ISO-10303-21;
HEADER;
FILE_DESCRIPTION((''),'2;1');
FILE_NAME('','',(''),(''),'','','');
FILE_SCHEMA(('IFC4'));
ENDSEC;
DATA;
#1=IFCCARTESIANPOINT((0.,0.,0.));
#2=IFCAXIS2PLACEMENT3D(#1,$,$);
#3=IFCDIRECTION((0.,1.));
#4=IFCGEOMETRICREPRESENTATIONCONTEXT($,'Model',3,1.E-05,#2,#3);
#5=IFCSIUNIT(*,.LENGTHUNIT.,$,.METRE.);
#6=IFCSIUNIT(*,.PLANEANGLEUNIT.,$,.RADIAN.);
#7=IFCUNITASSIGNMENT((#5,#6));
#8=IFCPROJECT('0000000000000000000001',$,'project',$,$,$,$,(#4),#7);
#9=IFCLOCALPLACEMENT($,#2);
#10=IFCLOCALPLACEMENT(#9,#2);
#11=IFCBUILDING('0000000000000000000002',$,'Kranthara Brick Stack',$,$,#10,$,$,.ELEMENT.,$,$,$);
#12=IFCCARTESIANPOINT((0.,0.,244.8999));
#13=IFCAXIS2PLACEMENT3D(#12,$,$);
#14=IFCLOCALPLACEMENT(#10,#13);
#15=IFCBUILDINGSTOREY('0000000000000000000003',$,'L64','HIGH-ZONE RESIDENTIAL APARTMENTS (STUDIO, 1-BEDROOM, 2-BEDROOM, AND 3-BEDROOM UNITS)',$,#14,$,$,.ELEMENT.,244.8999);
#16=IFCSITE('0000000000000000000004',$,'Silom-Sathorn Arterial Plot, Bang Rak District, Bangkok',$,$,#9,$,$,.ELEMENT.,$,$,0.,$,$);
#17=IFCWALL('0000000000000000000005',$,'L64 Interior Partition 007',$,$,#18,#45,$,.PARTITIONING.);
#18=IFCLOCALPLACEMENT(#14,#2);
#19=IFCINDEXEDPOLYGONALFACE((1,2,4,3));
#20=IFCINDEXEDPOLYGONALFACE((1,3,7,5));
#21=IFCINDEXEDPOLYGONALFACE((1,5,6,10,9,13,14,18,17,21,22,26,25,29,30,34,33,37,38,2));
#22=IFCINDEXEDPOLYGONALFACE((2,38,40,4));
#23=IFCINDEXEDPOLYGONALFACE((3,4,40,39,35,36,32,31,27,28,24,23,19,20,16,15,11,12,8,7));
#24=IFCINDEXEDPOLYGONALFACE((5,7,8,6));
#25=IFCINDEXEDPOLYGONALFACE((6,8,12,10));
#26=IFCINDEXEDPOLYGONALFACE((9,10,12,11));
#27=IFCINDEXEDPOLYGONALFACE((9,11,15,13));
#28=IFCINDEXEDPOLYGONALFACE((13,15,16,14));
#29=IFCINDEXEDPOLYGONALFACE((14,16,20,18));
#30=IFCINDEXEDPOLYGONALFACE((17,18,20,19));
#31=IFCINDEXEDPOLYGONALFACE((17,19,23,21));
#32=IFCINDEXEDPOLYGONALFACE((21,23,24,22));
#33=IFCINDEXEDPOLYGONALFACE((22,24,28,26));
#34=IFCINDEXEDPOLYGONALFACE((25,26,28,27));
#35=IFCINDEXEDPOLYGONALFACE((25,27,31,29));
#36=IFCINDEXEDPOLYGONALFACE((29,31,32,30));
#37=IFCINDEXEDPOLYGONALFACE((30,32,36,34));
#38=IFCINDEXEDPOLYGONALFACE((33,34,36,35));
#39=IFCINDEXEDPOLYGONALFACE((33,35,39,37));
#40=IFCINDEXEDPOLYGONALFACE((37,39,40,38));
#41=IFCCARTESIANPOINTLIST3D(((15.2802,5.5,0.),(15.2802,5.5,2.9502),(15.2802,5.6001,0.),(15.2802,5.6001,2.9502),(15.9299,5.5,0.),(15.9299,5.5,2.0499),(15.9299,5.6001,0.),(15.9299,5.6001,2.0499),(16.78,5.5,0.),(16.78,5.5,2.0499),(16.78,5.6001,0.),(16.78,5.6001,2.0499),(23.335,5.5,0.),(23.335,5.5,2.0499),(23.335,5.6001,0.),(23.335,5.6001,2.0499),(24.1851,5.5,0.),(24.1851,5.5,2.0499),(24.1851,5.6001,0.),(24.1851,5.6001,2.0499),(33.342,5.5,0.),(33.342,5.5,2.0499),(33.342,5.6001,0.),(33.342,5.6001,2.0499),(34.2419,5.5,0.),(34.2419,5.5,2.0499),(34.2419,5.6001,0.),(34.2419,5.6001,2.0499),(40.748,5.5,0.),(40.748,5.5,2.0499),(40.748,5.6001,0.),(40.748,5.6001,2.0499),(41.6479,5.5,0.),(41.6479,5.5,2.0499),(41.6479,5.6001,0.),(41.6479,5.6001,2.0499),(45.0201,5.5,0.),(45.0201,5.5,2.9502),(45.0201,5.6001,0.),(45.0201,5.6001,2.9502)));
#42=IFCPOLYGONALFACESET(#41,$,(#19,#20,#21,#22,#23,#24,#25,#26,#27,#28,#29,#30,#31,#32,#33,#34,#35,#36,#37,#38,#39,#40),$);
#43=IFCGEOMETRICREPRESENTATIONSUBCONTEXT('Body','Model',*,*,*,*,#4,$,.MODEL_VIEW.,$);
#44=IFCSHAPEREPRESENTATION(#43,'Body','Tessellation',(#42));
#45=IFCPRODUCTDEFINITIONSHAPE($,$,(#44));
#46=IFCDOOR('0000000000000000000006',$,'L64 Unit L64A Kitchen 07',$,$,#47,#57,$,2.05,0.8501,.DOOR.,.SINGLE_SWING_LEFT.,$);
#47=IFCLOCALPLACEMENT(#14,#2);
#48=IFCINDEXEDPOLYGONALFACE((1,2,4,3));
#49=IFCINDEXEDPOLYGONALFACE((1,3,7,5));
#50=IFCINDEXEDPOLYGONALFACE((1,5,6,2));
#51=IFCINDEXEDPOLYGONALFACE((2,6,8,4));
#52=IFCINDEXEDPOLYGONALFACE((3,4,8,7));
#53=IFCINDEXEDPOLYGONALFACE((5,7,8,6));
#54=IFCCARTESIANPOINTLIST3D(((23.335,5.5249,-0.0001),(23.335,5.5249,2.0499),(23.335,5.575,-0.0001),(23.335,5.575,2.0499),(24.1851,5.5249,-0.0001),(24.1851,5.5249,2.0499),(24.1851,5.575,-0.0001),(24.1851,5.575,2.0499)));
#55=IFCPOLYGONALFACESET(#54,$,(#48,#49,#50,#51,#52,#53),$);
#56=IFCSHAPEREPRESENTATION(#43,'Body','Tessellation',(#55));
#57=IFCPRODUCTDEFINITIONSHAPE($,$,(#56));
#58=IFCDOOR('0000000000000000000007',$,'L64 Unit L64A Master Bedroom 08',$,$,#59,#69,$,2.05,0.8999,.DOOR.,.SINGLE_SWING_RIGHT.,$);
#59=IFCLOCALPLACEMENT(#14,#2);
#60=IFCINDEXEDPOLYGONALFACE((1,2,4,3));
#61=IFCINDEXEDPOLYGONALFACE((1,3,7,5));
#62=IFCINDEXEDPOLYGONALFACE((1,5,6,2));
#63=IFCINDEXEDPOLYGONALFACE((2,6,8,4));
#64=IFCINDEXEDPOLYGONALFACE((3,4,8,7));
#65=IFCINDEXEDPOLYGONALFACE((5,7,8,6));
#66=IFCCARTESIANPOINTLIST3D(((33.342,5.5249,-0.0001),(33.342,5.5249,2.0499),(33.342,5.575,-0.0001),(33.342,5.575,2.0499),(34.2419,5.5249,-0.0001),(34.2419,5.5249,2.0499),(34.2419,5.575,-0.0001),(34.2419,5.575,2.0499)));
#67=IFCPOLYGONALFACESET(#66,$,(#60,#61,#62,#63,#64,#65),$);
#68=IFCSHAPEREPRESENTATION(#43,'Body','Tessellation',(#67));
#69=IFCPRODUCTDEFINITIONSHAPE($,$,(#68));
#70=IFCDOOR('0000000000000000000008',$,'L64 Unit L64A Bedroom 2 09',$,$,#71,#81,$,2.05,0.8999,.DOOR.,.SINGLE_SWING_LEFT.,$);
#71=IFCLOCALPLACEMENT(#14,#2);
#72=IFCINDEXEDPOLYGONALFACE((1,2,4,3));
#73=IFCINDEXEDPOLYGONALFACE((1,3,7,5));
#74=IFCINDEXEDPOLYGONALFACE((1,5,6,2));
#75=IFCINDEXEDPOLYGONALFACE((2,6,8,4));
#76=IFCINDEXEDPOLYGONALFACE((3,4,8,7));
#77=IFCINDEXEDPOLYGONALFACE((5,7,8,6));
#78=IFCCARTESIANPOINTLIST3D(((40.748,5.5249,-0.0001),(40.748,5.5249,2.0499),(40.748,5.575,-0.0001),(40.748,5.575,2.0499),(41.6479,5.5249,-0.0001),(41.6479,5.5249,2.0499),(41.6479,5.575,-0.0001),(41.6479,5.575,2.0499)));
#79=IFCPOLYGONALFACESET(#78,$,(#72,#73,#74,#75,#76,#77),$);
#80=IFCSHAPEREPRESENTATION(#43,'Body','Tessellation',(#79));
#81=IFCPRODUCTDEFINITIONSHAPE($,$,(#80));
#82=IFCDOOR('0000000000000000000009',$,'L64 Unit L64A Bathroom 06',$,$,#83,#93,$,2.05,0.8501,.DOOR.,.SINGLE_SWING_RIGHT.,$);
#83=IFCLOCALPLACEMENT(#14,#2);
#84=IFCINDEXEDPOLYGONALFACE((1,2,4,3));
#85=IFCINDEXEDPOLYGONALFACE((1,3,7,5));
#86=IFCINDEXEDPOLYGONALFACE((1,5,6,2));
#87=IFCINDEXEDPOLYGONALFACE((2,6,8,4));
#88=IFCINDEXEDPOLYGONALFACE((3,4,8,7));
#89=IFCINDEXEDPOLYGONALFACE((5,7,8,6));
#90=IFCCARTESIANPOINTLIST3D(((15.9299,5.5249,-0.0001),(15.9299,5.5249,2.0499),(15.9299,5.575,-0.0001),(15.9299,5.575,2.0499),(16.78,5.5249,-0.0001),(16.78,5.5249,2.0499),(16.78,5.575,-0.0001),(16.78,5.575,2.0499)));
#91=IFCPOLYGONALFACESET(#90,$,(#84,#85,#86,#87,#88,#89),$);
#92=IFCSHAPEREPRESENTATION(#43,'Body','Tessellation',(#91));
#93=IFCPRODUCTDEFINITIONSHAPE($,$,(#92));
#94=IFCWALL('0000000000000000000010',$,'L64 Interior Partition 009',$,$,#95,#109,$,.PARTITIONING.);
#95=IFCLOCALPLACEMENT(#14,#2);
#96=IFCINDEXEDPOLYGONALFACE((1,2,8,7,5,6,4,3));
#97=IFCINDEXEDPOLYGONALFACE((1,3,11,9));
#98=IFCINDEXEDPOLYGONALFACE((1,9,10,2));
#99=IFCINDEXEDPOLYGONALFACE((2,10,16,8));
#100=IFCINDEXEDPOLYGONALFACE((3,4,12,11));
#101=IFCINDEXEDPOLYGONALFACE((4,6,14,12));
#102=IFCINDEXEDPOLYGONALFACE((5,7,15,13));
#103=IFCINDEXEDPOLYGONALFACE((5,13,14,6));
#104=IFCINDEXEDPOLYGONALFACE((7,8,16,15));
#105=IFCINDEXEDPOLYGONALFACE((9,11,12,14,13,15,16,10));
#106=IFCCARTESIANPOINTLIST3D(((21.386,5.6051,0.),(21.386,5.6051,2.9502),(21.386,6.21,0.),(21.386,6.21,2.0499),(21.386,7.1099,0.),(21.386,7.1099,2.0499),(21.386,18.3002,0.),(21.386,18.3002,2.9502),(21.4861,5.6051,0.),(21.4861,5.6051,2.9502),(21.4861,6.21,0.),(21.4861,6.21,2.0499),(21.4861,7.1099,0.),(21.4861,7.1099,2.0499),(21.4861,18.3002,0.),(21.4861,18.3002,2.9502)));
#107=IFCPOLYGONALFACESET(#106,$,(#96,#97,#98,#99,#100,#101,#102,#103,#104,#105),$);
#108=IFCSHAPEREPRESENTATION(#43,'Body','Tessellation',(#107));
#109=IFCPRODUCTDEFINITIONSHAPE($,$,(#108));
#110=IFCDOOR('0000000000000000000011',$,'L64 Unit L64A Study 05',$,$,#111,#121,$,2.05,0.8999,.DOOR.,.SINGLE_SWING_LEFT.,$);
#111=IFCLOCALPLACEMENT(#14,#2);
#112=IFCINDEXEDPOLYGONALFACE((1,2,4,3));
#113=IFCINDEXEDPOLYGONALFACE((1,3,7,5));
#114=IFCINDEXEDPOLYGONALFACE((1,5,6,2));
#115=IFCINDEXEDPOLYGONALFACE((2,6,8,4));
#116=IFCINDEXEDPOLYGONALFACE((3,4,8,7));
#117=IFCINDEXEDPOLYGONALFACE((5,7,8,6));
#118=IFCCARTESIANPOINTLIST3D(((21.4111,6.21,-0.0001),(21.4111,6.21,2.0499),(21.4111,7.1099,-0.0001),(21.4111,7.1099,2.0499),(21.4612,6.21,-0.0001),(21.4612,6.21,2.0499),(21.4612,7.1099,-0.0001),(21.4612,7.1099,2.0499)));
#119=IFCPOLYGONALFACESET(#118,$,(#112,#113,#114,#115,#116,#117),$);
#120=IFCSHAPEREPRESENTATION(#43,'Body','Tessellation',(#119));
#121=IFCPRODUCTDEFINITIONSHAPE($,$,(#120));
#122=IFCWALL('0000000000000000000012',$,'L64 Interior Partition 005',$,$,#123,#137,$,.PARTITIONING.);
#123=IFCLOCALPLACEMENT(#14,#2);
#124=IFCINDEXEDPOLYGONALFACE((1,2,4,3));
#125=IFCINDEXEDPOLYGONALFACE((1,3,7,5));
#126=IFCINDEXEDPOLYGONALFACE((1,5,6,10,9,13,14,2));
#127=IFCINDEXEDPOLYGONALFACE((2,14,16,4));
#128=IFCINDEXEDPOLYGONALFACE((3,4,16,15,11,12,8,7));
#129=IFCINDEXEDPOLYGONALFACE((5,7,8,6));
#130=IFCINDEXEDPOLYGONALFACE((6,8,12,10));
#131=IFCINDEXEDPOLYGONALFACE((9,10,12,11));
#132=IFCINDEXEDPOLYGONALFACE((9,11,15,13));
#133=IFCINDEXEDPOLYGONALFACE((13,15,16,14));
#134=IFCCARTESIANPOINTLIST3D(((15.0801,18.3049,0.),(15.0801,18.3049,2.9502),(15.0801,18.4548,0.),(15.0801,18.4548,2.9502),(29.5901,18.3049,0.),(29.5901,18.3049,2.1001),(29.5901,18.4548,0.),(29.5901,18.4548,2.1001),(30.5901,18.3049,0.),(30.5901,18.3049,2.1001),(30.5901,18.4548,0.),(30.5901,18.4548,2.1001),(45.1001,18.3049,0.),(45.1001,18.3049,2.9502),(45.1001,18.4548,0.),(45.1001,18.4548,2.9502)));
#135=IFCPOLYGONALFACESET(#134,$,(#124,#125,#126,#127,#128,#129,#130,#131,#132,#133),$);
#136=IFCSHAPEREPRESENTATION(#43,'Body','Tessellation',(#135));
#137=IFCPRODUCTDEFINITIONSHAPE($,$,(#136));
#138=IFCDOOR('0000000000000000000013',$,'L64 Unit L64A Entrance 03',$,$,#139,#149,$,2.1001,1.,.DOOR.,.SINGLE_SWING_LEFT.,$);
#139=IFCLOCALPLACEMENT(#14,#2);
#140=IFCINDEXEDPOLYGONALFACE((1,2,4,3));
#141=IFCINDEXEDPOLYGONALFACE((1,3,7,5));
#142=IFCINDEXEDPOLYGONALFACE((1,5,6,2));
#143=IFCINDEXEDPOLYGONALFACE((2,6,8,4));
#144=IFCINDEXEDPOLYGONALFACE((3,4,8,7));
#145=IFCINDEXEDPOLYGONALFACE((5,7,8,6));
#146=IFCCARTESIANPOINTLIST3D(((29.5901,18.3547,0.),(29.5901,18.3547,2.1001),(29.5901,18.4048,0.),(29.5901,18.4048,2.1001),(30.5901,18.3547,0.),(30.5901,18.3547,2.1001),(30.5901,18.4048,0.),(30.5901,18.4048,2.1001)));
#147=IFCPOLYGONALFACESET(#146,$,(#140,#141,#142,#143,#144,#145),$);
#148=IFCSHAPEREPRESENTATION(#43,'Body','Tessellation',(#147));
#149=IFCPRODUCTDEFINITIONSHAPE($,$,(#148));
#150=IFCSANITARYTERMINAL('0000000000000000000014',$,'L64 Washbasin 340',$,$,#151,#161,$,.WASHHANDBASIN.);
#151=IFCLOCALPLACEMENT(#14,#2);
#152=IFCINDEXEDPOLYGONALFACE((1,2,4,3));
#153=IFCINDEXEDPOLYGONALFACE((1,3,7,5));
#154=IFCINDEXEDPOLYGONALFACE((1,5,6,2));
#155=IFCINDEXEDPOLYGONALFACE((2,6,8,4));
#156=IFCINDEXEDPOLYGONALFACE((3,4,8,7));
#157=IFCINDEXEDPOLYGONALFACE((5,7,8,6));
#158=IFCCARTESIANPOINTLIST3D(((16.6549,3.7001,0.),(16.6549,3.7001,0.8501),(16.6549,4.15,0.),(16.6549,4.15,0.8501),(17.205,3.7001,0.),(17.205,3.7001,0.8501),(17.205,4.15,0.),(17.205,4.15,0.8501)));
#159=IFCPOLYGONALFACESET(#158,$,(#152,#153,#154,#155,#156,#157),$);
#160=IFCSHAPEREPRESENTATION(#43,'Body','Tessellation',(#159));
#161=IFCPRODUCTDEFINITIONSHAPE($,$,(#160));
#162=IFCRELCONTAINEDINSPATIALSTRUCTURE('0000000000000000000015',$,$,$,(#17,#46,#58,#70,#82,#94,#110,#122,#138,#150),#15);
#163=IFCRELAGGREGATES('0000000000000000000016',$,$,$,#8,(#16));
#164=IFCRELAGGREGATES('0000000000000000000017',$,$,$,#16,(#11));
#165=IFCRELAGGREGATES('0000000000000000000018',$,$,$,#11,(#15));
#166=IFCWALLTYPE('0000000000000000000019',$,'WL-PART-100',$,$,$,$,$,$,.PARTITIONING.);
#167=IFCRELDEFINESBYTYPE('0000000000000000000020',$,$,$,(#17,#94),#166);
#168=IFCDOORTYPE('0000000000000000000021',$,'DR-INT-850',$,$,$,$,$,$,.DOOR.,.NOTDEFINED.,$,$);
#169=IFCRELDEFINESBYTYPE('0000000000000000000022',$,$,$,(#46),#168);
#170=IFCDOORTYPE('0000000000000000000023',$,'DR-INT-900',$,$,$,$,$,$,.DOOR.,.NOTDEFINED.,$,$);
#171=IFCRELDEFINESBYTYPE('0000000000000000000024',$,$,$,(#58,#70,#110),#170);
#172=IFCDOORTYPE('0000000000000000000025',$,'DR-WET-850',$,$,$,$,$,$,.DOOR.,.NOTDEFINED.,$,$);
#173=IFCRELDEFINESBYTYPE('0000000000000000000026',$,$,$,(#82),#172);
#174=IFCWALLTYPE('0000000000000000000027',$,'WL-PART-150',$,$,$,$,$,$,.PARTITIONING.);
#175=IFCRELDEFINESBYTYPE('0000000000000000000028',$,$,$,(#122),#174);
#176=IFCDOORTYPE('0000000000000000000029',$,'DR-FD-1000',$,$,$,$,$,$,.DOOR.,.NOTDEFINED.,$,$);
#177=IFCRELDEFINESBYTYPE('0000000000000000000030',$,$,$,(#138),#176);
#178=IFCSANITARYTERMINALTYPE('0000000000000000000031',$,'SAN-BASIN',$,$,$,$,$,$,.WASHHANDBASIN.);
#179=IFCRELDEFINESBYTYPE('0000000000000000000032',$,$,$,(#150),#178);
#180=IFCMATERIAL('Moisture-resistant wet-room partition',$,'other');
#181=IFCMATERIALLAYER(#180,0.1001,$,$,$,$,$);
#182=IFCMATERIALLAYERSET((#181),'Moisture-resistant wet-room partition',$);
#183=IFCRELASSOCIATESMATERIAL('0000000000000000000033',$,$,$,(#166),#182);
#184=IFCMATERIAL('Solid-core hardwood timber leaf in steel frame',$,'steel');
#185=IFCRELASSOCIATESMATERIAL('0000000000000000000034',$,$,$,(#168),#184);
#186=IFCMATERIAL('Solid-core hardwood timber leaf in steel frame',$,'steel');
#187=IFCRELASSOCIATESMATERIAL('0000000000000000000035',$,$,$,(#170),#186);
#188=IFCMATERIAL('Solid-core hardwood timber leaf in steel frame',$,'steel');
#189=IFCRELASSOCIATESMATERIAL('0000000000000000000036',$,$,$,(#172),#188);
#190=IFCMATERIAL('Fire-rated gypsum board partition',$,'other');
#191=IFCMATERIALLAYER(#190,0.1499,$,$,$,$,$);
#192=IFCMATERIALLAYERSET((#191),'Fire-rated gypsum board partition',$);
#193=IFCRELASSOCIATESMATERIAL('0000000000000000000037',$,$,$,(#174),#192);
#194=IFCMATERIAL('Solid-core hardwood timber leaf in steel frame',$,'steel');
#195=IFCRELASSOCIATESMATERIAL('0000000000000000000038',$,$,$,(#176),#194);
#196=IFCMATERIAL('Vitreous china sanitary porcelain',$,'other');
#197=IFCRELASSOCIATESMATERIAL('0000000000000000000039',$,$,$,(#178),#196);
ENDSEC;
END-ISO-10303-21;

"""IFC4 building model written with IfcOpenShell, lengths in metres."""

from ifc_helpers import new_model, si_unit, direction, frame, frame_2d, origin, origin_2d, place, context, subcontext, project, spatial, rectangle, extrude, material, layer, layer_set, type_object, element, fill, save


model = new_model("IFC4")

# Units and contexts
model_context = context("Model", 3, precision=1e-05, world=origin(), true_north=direction((0.0, 1.0)))
body_context = subcontext(model_context, "Body", "Model", "MODEL_VIEW")
ifc_project = project(units=[si_unit("LENGTHUNIT", "METRE"), si_unit("PLANEANGLEUNIT", "RADIAN")], contexts=[model_context])

# Site, building, storey
site_placement = place(None, origin())
site = spatial("IfcSite", under=ifc_project, at=site_placement, Name="Silom-Sathorn Arterial Plot, Bang Rak District, Bangkok", CompositionType="ELEMENT", RefElevation=0.0)
building_placement = place(site_placement, origin())
building = spatial("IfcBuilding", under=site, at=building_placement, Name="Kranthara Brick Stack", CompositionType="ELEMENT")
storey_placement = place(building_placement, frame((0.0, 0.0, 244.8999)))
storey = spatial("IfcBuildingStorey", under=building, at=storey_placement, Name="L64", Description="HIGH-ZONE RESIDENTIAL APARTMENTS (STUDIO, 1-BEDROOM, 2-BEDROOM, AND 3-BEDROOM UNITS)", CompositionType="ELEMENT", Elevation=244.8999)

# Wall, openings, doors
ifc_material_1 = material(Name="Moisture-resistant wet-room partition", Category="other")
ifc_layer_1 = layer(ifc_material_1, 0.1001)
ifc_layer_set_1 = layer_set([ifc_layer_1], Name="Moisture-resistant wet-room partition")
wall_type_1 = type_object("IfcWallType", Name="WL-PART-100", PredefinedType="PARTITIONING", material=ifc_layer_set_1)
wall_1_placement = place(storey_placement, frame((15.28, 5.55, 0.0), z_axis=(0.0, 0.0, 1.0), x_axis=(1.0, 0.0, 0.0)))
wall_1 = element("IfcWall", 1, at=wall_1_placement, inside=storey, type_object=wall_type_1, Name="L64 Interior Partition 007", PredefinedType="PARTITIONING", context=body_context, shape_type="SweptSolid", body=[
    extrude(rectangle(XDim=29.74, YDim=0.1001, at=frame_2d((14.8701, 0.0))), origin(), (0.0, 0.0, 1.0), 2.9502),
])
opening_1_placement = place(wall_1_placement, frame((0.6499, 0.0, 0.0)))
opening_1 = element("IfcOpeningElement", 2, at=opening_1_placement, cuts=wall_1, PredefinedType="OPENING", context=body_context, shape_type="SweptSolid", body=[
    extrude(rectangle(XDim=0.8501, YDim=2.05, at=frame_2d((0.425, 1.0249))), frame((0.0, 0.0601, 0.0), z_axis=(0.0, -1.0, 0.0), x_axis=(1.0, 0.0, 0.0)), (0.0, 0.0, 1.0), 0.1201),
])
opening_2_placement = place(wall_1_placement, frame((8.0549, 0.0, 0.0)))
opening_2 = element("IfcOpeningElement", 3, at=opening_2_placement, cuts=wall_1, PredefinedType="OPENING", context=body_context, shape_type="SweptSolid", body=[
    extrude(rectangle(XDim=0.8501, YDim=2.05, at=frame_2d((0.425, 1.0249))), frame((0.0, 0.0601, 0.0), z_axis=(0.0, -1.0, 0.0), x_axis=(1.0, 0.0, 0.0)), (0.0, 0.0, 1.0), 0.1201),
])
opening_3_placement = place(wall_1_placement, frame((18.062, 0.0, 0.0)))
opening_3 = element("IfcOpeningElement", 4, at=opening_3_placement, cuts=wall_1, PredefinedType="OPENING", context=body_context, shape_type="SweptSolid", body=[
    extrude(rectangle(XDim=0.8999, YDim=2.05, at=frame_2d((0.45, 1.0249))), frame((0.0, 0.0601, 0.0), z_axis=(0.0, -1.0, 0.0), x_axis=(1.0, 0.0, 0.0)), (0.0, 0.0, 1.0), 0.1201),
])
opening_4_placement = place(wall_1_placement, frame((25.468, 0.0, 0.0)))
opening_4 = element("IfcOpeningElement", 5, at=opening_4_placement, cuts=wall_1, PredefinedType="OPENING", context=body_context, shape_type="SweptSolid", body=[
    extrude(rectangle(XDim=0.8999, YDim=2.05, at=frame_2d((0.45, 1.0249))), frame((0.0, 0.0601, 0.0), z_axis=(0.0, -1.0, 0.0), x_axis=(1.0, 0.0, 0.0)), (0.0, 0.0, 1.0), 0.1201),
])
ifc_material_2 = material(Name="Solid-core hardwood timber leaf in steel frame", Category="steel")
door_type_1 = type_object("IfcDoorType", Name="DR-INT-850", OperationType="NOTDEFINED", PredefinedType="DOOR", material=ifc_material_2)
door_1_placement = place(opening_2_placement, origin())
door_1 = element("IfcDoor", 6, at=door_1_placement, inside=storey, type_object=door_type_1, Name="L64 Unit L64A Kitchen 07", OperationType="SINGLE_SWING_LEFT", OverallHeight=2.05, OverallWidth=0.8501, PredefinedType="DOOR", context=body_context, shape_type="SweptSolid", body=[
    extrude(rectangle(XDim=0.8501, YDim=2.05, at=frame_2d((0.425, 1.0249))), frame((0.0, 0.0249, 0.0), z_axis=(0.0, -1.0, 0.0), x_axis=(1.0, 0.0, 0.0)), (0.0, 0.0, 1.0), 0.05),
])
fill(opening_2, door_1)
ifc_material_3 = material(Name="Solid-core hardwood timber leaf in steel frame", Category="steel")
door_type_2 = type_object("IfcDoorType", Name="DR-INT-900", OperationType="NOTDEFINED", PredefinedType="DOOR", material=ifc_material_3)
door_2_placement = place(opening_3_placement, origin())
door_2 = element("IfcDoor", 7, at=door_2_placement, inside=storey, type_object=door_type_2, Name="L64 Unit L64A Master Bedroom 08", OperationType="SINGLE_SWING_RIGHT", OverallHeight=2.05, OverallWidth=0.8999, PredefinedType="DOOR", context=body_context, shape_type="SweptSolid", body=[
    extrude(rectangle(XDim=0.8999, YDim=2.05, at=frame_2d((0.45, 1.0249))), frame((0.0, 0.0249, 0.0), z_axis=(0.0, -1.0, 0.0), x_axis=(1.0, 0.0, 0.0)), (0.0, 0.0, 1.0), 0.05),
])
fill(opening_3, door_2)
door_3_placement = place(opening_4_placement, origin())
door_3 = element("IfcDoor", 8, at=door_3_placement, inside=storey, type_object=door_type_2, Name="L64 Unit L64A Bedroom 2 09", OperationType="SINGLE_SWING_LEFT", OverallHeight=2.05, OverallWidth=0.8999, PredefinedType="DOOR", context=body_context, shape_type="SweptSolid", body=[
    extrude(rectangle(XDim=0.8999, YDim=2.05, at=frame_2d((0.45, 1.0249))), frame((0.0, 0.0249, 0.0), z_axis=(0.0, -1.0, 0.0), x_axis=(1.0, 0.0, 0.0)), (0.0, 0.0, 1.0), 0.05),
])
fill(opening_4, door_3)
ifc_material_4 = material(Name="Solid-core hardwood timber leaf in steel frame", Category="steel")
door_type_3 = type_object("IfcDoorType", Name="DR-WET-850", OperationType="NOTDEFINED", PredefinedType="DOOR", material=ifc_material_4)
door_4_placement = place(opening_1_placement, origin())
door_4 = element("IfcDoor", 9, at=door_4_placement, inside=storey, type_object=door_type_3, Name="L64 Unit L64A Bathroom 06", OperationType="SINGLE_SWING_RIGHT", OverallHeight=2.05, OverallWidth=0.8501, PredefinedType="DOOR", context=body_context, shape_type="SweptSolid", body=[
    extrude(rectangle(XDim=0.8501, YDim=2.05, at=frame_2d((0.425, 1.0249))), frame((0.0, 0.0249, 0.0), z_axis=(0.0, -1.0, 0.0), x_axis=(1.0, 0.0, 0.0)), (0.0, 0.0, 1.0), 0.05),
])
fill(opening_1, door_4)

# Walls, openings, doors
wall_2_placement = place(storey_placement, frame((21.436, 5.605, 0.0), z_axis=(0.0, 0.0, 1.0), x_axis=(0.0, 1.0, 0.0)))
wall_2 = element("IfcWall", 10, at=wall_2_placement, inside=storey, type_object=wall_type_1, Name="L64 Interior Partition 009", PredefinedType="PARTITIONING", context=body_context, shape_type="SweptSolid", body=[
    extrude(rectangle(XDim=12.6951, YDim=0.1001, at=frame_2d((6.3477, 0.0))), origin(), (0.0, 0.0, 1.0), 2.9502),
])
opening_5_placement = place(wall_2_placement, frame((0.605, 0.0, 0.0)))
opening_5 = element("IfcOpeningElement", 11, at=opening_5_placement, cuts=wall_2, PredefinedType="OPENING", context=body_context, shape_type="SweptSolid", body=[
    extrude(rectangle(XDim=0.8999, YDim=2.05, at=frame_2d((0.45, 1.0249))), frame((0.0, 0.0601, 0.0), z_axis=(0.0, -1.0, 0.0), x_axis=(1.0, 0.0, 0.0)), (0.0, 0.0, 1.0), 0.1201),
])
door_5_placement = place(opening_5_placement, origin())
door_5 = element("IfcDoor", 12, at=door_5_placement, inside=storey, type_object=door_type_2, Name="L64 Unit L64A Study 05", OperationType="SINGLE_SWING_LEFT", OverallHeight=2.05, OverallWidth=0.8999, PredefinedType="DOOR", context=body_context, shape_type="SweptSolid", body=[
    extrude(rectangle(XDim=0.8999, YDim=2.05, at=frame_2d((0.45, 1.0249))), frame((0.0, 0.0249, 0.0), z_axis=(0.0, -1.0, 0.0), x_axis=(1.0, 0.0, 0.0)), (0.0, 0.0, 1.0), 0.05),
])
fill(opening_5, door_5)
ifc_material_5 = material(Name="Fire-rated gypsum board partition", Category="other")
ifc_layer_2 = layer(ifc_material_5, 0.1499)
ifc_layer_set_2 = layer_set([ifc_layer_2], Name="Fire-rated gypsum board partition")
wall_type_2 = type_object("IfcWallType", Name="WL-PART-150", PredefinedType="PARTITIONING", material=ifc_layer_set_2)
wall_3_placement = place(storey_placement, frame((15.0801, 18.3799, 0.0), z_axis=(0.0, 0.0, 1.0), x_axis=(1.0, 0.0, 0.0)))
wall_3 = element("IfcWall", 13, at=wall_3_placement, inside=storey, type_object=wall_type_2, Name="L64 Interior Partition 005", PredefinedType="PARTITIONING", context=body_context, shape_type="SweptSolid", body=[
    extrude(rectangle(XDim=30.02, YDim=0.1499, at=frame_2d((15.01, 0.0))), origin(), (0.0, 0.0, 1.0), 2.9502),
])
opening_6_placement = place(wall_3_placement, frame((14.51, 0.0, 0.0)))
opening_6 = element("IfcOpeningElement", 14, at=opening_6_placement, cuts=wall_3, PredefinedType="OPENING", context=body_context, shape_type="SweptSolid", body=[
    extrude(rectangle(XDim=1.0, YDim=2.1001, at=frame_2d((0.5, 1.05))), frame((0.0, 0.085, 0.0), z_axis=(0.0, -1.0, 0.0), x_axis=(1.0, 0.0, 0.0)), (0.0, 0.0, 1.0), 0.1699),
])
ifc_material_6 = material(Name="Solid-core hardwood timber leaf in steel frame", Category="steel")
door_type_4 = type_object("IfcDoorType", Name="DR-FD-1000", OperationType="NOTDEFINED", PredefinedType="DOOR", material=ifc_material_6)
door_6_placement = place(opening_6_placement, origin())
door_6 = element("IfcDoor", 15, at=door_6_placement, inside=storey, type_object=door_type_4, Name="L64 Unit L64A Entrance 03", OperationType="SINGLE_SWING_LEFT", OverallHeight=2.1001, OverallWidth=1.0, PredefinedType="DOOR", context=body_context, shape_type="SweptSolid", body=[
    extrude(rectangle(XDim=1.0, YDim=2.1001, at=frame_2d((0.5, 1.05))), frame((0.0, 0.0249, 0.0), z_axis=(0.0, -1.0, 0.0), x_axis=(1.0, 0.0, 0.0)), (0.0, 0.0, 1.0), 0.05),
])
fill(opening_6, door_6)

# Sanitary terminal
ifc_material_7 = material(Name="Vitreous china sanitary porcelain", Category="other")
sanitary_terminal_type_1 = type_object("IfcSanitaryTerminalType", Name="SAN-BASIN", PredefinedType="WASHHANDBASIN", material=ifc_material_7)
sanitary_terminal_1_placement = place(storey_placement, frame((16.9299, 3.925, 0.0), z_axis=(0.0, 0.0, 1.0), x_axis=(1.0, 0.0, 0.0)))
element("IfcSanitaryTerminal", 16, at=sanitary_terminal_1_placement, inside=storey, type_object=sanitary_terminal_type_1, Name="L64 Washbasin 340", PredefinedType="WASHHANDBASIN", context=body_context, shape_type="SweptSolid", body=[
    extrude(rectangle(XDim=0.55, YDim=0.45, at=origin_2d()), origin(), (0.0, 0.0, 1.0), 0.8501),
])

save(model, "model.ifc")
